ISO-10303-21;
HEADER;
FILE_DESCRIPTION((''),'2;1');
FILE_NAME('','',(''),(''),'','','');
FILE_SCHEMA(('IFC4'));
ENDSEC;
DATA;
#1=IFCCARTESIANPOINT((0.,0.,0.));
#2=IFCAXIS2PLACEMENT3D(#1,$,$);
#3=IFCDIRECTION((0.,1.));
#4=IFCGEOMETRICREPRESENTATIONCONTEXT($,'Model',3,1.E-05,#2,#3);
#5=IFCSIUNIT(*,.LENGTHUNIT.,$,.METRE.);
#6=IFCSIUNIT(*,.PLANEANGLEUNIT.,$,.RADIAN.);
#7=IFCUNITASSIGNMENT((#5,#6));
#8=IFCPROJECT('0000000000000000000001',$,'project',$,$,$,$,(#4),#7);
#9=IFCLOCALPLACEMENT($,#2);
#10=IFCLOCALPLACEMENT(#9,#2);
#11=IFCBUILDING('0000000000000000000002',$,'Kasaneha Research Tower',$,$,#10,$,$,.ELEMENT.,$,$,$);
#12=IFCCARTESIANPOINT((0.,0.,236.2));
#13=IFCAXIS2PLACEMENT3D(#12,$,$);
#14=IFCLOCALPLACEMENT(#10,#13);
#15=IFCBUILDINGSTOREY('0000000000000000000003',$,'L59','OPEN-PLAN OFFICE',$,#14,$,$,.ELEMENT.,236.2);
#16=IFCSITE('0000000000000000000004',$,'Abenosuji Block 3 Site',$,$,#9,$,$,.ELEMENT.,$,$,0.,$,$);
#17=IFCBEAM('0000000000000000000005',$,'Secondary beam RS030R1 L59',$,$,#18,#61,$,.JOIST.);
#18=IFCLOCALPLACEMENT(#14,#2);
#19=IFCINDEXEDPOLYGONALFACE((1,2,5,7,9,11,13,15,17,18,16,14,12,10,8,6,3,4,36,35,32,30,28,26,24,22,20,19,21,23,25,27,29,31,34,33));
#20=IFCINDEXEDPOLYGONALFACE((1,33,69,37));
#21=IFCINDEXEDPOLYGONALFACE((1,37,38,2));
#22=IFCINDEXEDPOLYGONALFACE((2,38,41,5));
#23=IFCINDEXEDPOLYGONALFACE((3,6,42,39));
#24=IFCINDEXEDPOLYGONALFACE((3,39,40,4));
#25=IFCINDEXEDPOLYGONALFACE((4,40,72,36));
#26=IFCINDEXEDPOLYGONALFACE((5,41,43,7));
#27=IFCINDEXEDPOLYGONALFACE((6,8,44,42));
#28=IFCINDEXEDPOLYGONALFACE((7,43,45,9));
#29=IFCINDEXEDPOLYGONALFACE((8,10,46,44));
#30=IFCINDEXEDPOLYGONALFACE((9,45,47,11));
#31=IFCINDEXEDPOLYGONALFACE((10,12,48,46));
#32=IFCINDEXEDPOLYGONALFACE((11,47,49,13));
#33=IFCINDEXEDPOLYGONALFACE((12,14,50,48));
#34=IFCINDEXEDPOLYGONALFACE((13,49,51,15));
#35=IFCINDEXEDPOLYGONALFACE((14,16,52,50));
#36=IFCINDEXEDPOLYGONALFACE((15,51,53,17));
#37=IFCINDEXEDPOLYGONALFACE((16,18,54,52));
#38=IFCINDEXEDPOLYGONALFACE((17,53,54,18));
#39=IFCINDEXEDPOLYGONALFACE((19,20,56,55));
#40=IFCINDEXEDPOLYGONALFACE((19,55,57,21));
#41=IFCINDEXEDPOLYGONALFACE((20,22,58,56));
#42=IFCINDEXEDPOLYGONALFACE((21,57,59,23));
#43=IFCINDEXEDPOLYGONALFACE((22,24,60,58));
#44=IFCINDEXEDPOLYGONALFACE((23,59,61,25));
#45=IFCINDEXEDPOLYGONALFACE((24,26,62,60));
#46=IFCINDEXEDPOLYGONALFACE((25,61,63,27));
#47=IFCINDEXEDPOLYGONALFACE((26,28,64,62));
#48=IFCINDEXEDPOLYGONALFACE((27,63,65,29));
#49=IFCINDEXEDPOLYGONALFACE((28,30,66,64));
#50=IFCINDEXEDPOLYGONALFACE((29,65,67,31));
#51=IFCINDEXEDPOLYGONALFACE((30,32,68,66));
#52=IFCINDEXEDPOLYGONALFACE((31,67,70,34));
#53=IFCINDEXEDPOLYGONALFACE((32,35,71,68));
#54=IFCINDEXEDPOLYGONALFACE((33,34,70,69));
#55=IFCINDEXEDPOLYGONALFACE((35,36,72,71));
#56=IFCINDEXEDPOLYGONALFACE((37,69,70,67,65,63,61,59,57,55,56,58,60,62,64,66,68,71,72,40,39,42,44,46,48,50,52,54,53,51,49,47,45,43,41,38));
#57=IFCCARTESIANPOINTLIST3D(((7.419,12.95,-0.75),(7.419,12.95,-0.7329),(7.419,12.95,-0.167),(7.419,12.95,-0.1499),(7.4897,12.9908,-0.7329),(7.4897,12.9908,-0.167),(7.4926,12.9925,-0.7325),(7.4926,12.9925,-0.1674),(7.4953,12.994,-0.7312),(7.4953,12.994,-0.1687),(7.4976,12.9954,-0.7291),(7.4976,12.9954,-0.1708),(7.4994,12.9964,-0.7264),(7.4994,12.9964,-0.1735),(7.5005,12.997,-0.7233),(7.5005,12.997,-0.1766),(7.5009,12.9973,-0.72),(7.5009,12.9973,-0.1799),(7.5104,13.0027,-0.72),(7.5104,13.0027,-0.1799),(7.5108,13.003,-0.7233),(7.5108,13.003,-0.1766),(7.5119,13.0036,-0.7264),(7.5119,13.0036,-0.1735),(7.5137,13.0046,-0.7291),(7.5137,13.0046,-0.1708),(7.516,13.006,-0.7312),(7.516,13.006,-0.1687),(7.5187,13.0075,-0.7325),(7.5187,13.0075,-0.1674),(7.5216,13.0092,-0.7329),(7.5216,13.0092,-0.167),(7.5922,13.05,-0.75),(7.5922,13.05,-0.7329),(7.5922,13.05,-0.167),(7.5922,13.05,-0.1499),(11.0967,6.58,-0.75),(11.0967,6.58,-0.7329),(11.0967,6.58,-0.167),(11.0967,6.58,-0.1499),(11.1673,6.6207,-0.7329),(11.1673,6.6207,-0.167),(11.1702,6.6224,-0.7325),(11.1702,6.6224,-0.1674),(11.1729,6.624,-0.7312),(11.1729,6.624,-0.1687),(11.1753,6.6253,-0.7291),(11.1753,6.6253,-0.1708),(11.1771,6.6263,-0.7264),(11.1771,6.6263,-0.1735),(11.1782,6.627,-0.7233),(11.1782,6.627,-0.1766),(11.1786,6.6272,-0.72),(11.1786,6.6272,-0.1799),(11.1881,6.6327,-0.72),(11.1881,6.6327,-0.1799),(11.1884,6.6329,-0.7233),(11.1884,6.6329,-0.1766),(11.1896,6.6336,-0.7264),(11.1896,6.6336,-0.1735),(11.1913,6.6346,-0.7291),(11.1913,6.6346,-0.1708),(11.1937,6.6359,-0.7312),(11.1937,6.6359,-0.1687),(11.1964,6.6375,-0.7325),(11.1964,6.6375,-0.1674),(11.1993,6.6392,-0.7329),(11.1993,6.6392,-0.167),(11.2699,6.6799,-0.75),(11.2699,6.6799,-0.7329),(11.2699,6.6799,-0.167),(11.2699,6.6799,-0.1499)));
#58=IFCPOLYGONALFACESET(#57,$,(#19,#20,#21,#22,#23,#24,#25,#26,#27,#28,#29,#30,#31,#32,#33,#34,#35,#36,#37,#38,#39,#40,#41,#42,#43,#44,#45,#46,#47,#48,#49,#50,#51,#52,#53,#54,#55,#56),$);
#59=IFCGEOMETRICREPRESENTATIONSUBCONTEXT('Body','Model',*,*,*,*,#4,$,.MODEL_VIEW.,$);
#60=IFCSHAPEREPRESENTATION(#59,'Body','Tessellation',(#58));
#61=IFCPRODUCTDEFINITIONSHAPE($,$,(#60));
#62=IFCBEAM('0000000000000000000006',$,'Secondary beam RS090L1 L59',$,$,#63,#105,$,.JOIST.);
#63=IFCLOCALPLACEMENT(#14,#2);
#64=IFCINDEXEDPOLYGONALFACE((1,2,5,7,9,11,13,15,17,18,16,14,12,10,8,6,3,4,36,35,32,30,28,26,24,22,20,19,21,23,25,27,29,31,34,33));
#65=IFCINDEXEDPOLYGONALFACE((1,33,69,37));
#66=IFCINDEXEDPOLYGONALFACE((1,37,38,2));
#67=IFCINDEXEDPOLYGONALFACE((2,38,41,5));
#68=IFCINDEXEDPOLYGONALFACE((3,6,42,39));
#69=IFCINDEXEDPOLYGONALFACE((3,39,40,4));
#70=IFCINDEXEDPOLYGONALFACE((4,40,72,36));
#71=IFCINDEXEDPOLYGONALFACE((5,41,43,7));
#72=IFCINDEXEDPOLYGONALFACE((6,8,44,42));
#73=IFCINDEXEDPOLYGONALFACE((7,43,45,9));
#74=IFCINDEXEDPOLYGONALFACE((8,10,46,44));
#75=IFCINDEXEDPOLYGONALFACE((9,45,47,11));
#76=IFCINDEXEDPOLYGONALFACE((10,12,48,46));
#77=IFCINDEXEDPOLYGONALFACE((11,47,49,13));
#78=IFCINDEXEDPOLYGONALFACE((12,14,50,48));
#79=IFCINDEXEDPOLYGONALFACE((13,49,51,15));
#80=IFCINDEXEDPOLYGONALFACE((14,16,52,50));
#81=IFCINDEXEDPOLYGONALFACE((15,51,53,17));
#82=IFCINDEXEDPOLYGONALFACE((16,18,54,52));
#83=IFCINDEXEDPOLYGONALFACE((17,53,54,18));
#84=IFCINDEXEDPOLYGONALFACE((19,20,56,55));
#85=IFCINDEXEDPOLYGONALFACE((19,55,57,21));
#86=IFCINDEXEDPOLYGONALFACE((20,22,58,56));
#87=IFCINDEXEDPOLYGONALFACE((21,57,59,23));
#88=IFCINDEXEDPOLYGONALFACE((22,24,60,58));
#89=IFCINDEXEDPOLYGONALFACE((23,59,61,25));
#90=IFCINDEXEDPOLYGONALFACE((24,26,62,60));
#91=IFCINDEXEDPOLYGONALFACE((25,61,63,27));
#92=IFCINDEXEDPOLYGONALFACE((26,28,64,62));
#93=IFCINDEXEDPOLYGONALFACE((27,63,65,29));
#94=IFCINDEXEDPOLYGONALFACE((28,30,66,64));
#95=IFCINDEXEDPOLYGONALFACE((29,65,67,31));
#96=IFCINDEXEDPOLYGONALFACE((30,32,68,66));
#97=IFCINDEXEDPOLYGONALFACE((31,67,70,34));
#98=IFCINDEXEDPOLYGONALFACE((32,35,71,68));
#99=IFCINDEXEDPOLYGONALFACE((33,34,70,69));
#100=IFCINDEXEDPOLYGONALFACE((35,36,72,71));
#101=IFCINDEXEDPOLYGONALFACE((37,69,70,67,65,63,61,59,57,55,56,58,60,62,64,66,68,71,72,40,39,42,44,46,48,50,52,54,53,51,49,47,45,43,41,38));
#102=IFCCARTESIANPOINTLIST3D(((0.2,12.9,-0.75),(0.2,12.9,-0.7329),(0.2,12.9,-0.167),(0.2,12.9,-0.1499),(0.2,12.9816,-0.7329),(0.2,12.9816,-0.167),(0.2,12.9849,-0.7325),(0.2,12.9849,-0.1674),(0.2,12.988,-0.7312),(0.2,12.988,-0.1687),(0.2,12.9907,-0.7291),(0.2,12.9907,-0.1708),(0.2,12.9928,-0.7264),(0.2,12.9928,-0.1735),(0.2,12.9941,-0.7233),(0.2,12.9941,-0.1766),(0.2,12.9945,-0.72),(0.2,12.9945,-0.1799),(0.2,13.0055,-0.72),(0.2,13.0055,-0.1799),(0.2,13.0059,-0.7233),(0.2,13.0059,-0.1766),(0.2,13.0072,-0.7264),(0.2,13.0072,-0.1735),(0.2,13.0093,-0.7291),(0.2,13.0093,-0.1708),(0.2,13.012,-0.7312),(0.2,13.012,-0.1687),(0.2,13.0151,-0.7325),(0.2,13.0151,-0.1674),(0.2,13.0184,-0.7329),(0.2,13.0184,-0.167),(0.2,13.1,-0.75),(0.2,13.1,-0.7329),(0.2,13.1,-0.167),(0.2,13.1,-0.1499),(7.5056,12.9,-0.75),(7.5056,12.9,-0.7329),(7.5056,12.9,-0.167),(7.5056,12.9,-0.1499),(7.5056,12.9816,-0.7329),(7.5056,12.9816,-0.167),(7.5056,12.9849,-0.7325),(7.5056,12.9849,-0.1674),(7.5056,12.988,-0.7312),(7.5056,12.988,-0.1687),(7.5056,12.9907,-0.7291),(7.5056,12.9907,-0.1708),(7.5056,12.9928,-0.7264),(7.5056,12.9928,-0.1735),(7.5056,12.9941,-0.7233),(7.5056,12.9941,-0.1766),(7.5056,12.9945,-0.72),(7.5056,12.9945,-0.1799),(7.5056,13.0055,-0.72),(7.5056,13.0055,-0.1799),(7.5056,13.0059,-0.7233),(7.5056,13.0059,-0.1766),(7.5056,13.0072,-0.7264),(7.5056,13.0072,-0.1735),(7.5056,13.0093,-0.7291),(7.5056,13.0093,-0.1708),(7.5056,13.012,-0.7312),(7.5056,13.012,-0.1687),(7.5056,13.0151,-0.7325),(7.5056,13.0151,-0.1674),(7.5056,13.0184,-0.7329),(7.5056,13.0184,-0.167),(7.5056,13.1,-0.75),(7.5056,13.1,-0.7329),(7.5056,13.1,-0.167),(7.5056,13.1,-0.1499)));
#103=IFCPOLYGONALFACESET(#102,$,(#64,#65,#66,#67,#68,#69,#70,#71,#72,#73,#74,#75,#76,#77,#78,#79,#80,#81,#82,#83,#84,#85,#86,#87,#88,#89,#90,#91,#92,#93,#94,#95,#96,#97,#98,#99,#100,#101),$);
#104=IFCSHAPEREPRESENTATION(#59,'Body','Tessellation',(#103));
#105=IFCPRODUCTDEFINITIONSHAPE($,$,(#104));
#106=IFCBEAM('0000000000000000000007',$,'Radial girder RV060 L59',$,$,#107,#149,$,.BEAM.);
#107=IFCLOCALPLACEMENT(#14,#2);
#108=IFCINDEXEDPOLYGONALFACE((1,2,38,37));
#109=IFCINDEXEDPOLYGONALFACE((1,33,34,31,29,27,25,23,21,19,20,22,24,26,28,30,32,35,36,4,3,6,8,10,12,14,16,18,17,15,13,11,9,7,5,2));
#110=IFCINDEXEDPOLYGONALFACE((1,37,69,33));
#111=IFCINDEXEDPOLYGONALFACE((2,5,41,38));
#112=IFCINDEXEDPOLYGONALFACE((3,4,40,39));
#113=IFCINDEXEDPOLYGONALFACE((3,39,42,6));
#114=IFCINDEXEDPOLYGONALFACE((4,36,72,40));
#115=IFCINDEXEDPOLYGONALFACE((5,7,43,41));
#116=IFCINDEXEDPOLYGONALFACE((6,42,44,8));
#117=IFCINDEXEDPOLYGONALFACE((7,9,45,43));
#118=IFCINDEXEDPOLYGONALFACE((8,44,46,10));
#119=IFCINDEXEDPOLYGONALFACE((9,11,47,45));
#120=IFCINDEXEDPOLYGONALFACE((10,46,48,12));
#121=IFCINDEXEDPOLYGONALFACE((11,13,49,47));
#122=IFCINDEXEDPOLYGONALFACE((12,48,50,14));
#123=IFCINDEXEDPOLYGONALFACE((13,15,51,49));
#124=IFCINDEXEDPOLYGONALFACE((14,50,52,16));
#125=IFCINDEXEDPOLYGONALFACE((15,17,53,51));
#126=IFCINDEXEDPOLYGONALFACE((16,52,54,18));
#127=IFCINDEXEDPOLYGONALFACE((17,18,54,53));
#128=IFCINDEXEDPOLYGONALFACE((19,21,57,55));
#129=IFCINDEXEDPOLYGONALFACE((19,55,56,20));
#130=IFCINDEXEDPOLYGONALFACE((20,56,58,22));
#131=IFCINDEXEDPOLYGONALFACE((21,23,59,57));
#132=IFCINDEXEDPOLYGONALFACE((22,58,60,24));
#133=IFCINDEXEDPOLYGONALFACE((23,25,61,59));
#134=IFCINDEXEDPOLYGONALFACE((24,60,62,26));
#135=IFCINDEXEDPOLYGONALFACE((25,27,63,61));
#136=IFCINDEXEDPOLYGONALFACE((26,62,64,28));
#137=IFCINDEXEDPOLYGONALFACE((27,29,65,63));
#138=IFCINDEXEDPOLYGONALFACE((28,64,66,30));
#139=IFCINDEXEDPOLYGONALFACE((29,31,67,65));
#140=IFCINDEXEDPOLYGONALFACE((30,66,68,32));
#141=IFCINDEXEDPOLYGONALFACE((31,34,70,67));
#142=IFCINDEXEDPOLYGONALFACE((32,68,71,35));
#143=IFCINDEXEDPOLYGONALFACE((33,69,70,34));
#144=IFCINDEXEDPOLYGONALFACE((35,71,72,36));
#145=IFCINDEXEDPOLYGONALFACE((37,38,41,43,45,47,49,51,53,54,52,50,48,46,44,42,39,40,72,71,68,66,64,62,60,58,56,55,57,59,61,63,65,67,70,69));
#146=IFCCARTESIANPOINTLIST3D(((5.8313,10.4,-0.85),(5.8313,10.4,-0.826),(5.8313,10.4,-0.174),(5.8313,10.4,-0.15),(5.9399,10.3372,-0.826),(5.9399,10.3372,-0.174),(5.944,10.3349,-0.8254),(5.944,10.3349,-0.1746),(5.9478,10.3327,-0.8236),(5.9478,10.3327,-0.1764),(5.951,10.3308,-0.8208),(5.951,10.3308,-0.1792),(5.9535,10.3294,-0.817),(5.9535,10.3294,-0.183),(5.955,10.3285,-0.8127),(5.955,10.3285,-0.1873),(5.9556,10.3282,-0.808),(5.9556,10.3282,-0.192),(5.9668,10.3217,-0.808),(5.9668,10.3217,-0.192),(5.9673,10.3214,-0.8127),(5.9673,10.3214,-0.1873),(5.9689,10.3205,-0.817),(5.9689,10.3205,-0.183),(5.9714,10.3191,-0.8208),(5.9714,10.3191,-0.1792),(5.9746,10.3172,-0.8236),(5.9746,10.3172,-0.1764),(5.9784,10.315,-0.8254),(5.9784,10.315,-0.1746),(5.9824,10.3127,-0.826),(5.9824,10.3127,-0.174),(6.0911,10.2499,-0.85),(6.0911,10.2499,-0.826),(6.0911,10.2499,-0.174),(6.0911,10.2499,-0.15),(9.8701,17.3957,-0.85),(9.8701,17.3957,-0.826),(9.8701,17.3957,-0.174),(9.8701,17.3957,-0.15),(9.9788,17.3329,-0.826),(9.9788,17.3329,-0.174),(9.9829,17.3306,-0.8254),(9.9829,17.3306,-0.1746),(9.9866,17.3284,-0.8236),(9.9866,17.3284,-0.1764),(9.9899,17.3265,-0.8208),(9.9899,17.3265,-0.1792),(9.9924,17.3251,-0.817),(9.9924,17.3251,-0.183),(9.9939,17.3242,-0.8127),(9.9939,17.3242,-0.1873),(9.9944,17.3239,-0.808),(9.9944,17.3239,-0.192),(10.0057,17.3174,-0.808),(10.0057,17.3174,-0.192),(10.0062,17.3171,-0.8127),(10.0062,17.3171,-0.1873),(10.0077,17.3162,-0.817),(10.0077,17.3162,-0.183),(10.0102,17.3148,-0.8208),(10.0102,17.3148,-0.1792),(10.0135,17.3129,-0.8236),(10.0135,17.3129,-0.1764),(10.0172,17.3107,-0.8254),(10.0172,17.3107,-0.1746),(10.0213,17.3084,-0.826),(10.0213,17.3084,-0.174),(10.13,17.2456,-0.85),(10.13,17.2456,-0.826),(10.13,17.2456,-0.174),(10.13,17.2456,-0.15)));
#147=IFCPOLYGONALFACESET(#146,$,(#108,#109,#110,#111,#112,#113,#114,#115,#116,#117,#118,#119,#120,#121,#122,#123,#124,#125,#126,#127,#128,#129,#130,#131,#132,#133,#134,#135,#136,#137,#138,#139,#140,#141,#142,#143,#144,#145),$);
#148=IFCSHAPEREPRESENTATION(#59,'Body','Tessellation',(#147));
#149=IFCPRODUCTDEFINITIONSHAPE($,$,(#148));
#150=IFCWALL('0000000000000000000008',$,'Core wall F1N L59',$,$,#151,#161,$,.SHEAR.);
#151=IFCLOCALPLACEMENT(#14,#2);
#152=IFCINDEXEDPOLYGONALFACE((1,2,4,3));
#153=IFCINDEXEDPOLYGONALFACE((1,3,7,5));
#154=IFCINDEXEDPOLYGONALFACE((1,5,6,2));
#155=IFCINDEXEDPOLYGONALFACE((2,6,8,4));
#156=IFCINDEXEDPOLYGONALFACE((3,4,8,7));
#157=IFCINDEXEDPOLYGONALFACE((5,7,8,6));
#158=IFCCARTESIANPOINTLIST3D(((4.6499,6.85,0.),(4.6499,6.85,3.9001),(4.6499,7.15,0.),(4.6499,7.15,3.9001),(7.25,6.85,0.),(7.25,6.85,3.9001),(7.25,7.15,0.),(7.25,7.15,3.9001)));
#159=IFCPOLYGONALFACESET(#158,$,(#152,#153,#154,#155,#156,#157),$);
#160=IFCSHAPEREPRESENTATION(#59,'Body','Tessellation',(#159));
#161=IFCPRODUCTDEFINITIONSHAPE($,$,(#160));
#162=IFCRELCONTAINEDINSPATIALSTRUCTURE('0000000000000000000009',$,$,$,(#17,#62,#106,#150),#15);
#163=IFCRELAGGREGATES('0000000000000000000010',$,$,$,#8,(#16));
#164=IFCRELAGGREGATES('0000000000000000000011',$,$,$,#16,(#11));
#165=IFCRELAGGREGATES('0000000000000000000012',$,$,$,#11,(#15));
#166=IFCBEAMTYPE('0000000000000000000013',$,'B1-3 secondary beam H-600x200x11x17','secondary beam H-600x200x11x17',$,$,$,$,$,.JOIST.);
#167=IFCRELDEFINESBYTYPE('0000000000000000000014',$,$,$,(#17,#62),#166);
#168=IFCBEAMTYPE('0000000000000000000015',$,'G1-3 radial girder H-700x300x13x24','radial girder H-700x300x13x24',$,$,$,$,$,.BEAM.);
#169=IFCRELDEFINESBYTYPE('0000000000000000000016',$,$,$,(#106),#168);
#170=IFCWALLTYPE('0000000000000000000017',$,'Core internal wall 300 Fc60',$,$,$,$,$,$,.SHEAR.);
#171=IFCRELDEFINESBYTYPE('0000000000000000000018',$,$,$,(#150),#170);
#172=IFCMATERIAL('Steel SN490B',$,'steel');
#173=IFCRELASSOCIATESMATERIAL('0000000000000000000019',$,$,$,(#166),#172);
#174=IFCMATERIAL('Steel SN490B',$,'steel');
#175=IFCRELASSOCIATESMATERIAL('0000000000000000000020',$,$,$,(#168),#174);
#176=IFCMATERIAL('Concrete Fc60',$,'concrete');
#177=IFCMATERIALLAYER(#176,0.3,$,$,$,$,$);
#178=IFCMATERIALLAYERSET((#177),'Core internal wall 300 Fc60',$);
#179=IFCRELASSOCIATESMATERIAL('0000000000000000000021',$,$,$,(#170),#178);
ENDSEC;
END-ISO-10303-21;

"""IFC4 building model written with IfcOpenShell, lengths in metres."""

from ifc_helpers import new_model, si_unit, direction, frame, frame_2d, origin, origin_2d, place, context, subcontext, project, spatial, rectangle, i_section, extrude, material, layer, layer_set, material_profile, profile_set, type_object, element, save


model = new_model("IFC4")

# Units and contexts
model_context = context("Model", 3, precision=1e-05, world=origin(), true_north=direction((0.0, 1.0)))
body_context = subcontext(model_context, "Body", "Model", "MODEL_VIEW")
ifc_project = project(units=[si_unit("LENGTHUNIT", "METRE"), si_unit("PLANEANGLEUNIT", "RADIAN")], contexts=[model_context])

# Site, building, storey
site_placement = place(None, origin())
site = spatial("IfcSite", under=ifc_project, at=site_placement, Name="Abenosuji Block 3 Site", CompositionType="ELEMENT", RefElevation=0.0)
building_placement = place(site_placement, origin())
building = spatial("IfcBuilding", under=site, at=building_placement, Name="Kasaneha Research Tower", CompositionType="ELEMENT")
storey_placement = place(building_placement, frame((0.0, 0.0, 236.2)))
storey = spatial("IfcBuildingStorey", under=building, at=storey_placement, Name="L59", Description="OPEN-PLAN OFFICE", CompositionType="ELEMENT", Elevation=236.2)

# Beams
ifc_material_1 = material(Name="Steel SN490B", Category="steel")
ifc_material_profile_1 = material_profile(ifc_material_1, i_section(OverallWidth=0.2, OverallDepth=0.6001, WebThickness=0.011, FlangeThickness=0.0171, FilletRadius=0.0129, at=origin_2d()), Name="H-600x200x11x17")
ifc_profile_set_1 = profile_set([ifc_material_profile_1], Name="Steel SN490B")
beam_type_1 = type_object("IfcBeamType", Name="B1-3 secondary beam H-600x200x11x17", Description="secondary beam H-600x200x11x17", PredefinedType="JOIST", material=ifc_profile_set_1)
beam_1_placement = place(storey_placement, frame((7.5056, 13.0, -0.45), z_axis=(0.499994, -0.866029, 0.0), x_axis=(0.866029, 0.499994, 0.0)))
element("IfcBeam", 1, at=beam_1_placement, inside=storey, type_object=beam_type_1, Name="Secondary beam RS030R1 L59", PredefinedType="JOIST", context=body_context, shape_type="SweptSolid", body=[
    extrude(i_section(OverallWidth=0.2, OverallDepth=0.6001, WebThickness=0.011, FlangeThickness=0.0171, FilletRadius=0.0129, at=origin_2d()), origin(), (0.0, 0.0, 1.0), 7.3555),
])
beam_2_placement = place(storey_placement, frame((7.5056, 13.0, -0.45), z_axis=(-1.0, 0.0, 0.0), x_axis=(0.0, -1.0, 0.0)))
element("IfcBeam", 2, at=beam_2_placement, inside=storey, type_object=beam_type_1, Name="Secondary beam RS090L1 L59", PredefinedType="JOIST", context=body_context, shape_type="SweptSolid", body=[
    extrude(i_section(OverallWidth=0.2, OverallDepth=0.6001, WebThickness=0.011, FlangeThickness=0.0171, FilletRadius=0.0129, at=origin_2d()), origin(), (0.0, 0.0, 1.0), 7.3057),
])
ifc_material_2 = material(Name="Steel SN490B", Category="steel")
ifc_material_profile_2 = material_profile(ifc_material_2, i_section(OverallWidth=0.3, OverallDepth=0.7, WebThickness=0.0129, FlangeThickness=0.0239, FilletRadius=0.0181, at=origin_2d()), Name="H-700x300x13x24")
ifc_profile_set_2 = profile_set([ifc_material_profile_2], Name="Steel SN490B")
beam_type_2 = type_object("IfcBeamType", Name="G1-3 radial girder H-700x300x13x24", Description="radial girder H-700x300x13x24", PredefinedType="BEAM", material=ifc_profile_set_2)
beam_3_placement = place(storey_placement, frame((5.9612, 10.325, -0.5), z_axis=(0.499991, 0.866031, 0.0), x_axis=(-0.866031, 0.499991, 0.0)))
element("IfcBeam", 3, at=beam_3_placement, inside=storey, type_object=beam_type_2, Name="Radial girder RV060 L59", PredefinedType="BEAM", context=body_context, shape_type="SweptSolid", body=[
    extrude(i_section(OverallWidth=0.3, OverallDepth=0.7, WebThickness=0.0129, FlangeThickness=0.0239, FilletRadius=0.0181, at=origin_2d()), origin(), (0.0, 0.0, 1.0), 8.0779),
])

# Wall
ifc_material_3 = material(Name="Concrete Fc60", Category="concrete")
ifc_layer_1 = layer(ifc_material_3, 0.3)
ifc_layer_set_1 = layer_set([ifc_layer_1], Name="Core internal wall 300 Fc60")
wall_type_1 = type_object("IfcWallType", Name="Core internal wall 300 Fc60", PredefinedType="SHEAR", material=ifc_layer_set_1)
wall_1_placement = place(storey_placement, frame((4.6499, 7.0, 0.0), z_axis=(0.0, 0.0, 1.0), x_axis=(1.0, 0.0, 0.0)))
element("IfcWall", 4, at=wall_1_placement, inside=storey, type_object=wall_type_1, Name="Core wall F1N L59", PredefinedType="SHEAR", context=body_context, shape_type="SweptSolid", body=[
    extrude(rectangle(XDim=2.6001, YDim=0.3, at=frame_2d((1.3, 0.0))), origin(), (0.0, 0.0, 1.0), 3.9001),
])

save(model, "model.ifc")
